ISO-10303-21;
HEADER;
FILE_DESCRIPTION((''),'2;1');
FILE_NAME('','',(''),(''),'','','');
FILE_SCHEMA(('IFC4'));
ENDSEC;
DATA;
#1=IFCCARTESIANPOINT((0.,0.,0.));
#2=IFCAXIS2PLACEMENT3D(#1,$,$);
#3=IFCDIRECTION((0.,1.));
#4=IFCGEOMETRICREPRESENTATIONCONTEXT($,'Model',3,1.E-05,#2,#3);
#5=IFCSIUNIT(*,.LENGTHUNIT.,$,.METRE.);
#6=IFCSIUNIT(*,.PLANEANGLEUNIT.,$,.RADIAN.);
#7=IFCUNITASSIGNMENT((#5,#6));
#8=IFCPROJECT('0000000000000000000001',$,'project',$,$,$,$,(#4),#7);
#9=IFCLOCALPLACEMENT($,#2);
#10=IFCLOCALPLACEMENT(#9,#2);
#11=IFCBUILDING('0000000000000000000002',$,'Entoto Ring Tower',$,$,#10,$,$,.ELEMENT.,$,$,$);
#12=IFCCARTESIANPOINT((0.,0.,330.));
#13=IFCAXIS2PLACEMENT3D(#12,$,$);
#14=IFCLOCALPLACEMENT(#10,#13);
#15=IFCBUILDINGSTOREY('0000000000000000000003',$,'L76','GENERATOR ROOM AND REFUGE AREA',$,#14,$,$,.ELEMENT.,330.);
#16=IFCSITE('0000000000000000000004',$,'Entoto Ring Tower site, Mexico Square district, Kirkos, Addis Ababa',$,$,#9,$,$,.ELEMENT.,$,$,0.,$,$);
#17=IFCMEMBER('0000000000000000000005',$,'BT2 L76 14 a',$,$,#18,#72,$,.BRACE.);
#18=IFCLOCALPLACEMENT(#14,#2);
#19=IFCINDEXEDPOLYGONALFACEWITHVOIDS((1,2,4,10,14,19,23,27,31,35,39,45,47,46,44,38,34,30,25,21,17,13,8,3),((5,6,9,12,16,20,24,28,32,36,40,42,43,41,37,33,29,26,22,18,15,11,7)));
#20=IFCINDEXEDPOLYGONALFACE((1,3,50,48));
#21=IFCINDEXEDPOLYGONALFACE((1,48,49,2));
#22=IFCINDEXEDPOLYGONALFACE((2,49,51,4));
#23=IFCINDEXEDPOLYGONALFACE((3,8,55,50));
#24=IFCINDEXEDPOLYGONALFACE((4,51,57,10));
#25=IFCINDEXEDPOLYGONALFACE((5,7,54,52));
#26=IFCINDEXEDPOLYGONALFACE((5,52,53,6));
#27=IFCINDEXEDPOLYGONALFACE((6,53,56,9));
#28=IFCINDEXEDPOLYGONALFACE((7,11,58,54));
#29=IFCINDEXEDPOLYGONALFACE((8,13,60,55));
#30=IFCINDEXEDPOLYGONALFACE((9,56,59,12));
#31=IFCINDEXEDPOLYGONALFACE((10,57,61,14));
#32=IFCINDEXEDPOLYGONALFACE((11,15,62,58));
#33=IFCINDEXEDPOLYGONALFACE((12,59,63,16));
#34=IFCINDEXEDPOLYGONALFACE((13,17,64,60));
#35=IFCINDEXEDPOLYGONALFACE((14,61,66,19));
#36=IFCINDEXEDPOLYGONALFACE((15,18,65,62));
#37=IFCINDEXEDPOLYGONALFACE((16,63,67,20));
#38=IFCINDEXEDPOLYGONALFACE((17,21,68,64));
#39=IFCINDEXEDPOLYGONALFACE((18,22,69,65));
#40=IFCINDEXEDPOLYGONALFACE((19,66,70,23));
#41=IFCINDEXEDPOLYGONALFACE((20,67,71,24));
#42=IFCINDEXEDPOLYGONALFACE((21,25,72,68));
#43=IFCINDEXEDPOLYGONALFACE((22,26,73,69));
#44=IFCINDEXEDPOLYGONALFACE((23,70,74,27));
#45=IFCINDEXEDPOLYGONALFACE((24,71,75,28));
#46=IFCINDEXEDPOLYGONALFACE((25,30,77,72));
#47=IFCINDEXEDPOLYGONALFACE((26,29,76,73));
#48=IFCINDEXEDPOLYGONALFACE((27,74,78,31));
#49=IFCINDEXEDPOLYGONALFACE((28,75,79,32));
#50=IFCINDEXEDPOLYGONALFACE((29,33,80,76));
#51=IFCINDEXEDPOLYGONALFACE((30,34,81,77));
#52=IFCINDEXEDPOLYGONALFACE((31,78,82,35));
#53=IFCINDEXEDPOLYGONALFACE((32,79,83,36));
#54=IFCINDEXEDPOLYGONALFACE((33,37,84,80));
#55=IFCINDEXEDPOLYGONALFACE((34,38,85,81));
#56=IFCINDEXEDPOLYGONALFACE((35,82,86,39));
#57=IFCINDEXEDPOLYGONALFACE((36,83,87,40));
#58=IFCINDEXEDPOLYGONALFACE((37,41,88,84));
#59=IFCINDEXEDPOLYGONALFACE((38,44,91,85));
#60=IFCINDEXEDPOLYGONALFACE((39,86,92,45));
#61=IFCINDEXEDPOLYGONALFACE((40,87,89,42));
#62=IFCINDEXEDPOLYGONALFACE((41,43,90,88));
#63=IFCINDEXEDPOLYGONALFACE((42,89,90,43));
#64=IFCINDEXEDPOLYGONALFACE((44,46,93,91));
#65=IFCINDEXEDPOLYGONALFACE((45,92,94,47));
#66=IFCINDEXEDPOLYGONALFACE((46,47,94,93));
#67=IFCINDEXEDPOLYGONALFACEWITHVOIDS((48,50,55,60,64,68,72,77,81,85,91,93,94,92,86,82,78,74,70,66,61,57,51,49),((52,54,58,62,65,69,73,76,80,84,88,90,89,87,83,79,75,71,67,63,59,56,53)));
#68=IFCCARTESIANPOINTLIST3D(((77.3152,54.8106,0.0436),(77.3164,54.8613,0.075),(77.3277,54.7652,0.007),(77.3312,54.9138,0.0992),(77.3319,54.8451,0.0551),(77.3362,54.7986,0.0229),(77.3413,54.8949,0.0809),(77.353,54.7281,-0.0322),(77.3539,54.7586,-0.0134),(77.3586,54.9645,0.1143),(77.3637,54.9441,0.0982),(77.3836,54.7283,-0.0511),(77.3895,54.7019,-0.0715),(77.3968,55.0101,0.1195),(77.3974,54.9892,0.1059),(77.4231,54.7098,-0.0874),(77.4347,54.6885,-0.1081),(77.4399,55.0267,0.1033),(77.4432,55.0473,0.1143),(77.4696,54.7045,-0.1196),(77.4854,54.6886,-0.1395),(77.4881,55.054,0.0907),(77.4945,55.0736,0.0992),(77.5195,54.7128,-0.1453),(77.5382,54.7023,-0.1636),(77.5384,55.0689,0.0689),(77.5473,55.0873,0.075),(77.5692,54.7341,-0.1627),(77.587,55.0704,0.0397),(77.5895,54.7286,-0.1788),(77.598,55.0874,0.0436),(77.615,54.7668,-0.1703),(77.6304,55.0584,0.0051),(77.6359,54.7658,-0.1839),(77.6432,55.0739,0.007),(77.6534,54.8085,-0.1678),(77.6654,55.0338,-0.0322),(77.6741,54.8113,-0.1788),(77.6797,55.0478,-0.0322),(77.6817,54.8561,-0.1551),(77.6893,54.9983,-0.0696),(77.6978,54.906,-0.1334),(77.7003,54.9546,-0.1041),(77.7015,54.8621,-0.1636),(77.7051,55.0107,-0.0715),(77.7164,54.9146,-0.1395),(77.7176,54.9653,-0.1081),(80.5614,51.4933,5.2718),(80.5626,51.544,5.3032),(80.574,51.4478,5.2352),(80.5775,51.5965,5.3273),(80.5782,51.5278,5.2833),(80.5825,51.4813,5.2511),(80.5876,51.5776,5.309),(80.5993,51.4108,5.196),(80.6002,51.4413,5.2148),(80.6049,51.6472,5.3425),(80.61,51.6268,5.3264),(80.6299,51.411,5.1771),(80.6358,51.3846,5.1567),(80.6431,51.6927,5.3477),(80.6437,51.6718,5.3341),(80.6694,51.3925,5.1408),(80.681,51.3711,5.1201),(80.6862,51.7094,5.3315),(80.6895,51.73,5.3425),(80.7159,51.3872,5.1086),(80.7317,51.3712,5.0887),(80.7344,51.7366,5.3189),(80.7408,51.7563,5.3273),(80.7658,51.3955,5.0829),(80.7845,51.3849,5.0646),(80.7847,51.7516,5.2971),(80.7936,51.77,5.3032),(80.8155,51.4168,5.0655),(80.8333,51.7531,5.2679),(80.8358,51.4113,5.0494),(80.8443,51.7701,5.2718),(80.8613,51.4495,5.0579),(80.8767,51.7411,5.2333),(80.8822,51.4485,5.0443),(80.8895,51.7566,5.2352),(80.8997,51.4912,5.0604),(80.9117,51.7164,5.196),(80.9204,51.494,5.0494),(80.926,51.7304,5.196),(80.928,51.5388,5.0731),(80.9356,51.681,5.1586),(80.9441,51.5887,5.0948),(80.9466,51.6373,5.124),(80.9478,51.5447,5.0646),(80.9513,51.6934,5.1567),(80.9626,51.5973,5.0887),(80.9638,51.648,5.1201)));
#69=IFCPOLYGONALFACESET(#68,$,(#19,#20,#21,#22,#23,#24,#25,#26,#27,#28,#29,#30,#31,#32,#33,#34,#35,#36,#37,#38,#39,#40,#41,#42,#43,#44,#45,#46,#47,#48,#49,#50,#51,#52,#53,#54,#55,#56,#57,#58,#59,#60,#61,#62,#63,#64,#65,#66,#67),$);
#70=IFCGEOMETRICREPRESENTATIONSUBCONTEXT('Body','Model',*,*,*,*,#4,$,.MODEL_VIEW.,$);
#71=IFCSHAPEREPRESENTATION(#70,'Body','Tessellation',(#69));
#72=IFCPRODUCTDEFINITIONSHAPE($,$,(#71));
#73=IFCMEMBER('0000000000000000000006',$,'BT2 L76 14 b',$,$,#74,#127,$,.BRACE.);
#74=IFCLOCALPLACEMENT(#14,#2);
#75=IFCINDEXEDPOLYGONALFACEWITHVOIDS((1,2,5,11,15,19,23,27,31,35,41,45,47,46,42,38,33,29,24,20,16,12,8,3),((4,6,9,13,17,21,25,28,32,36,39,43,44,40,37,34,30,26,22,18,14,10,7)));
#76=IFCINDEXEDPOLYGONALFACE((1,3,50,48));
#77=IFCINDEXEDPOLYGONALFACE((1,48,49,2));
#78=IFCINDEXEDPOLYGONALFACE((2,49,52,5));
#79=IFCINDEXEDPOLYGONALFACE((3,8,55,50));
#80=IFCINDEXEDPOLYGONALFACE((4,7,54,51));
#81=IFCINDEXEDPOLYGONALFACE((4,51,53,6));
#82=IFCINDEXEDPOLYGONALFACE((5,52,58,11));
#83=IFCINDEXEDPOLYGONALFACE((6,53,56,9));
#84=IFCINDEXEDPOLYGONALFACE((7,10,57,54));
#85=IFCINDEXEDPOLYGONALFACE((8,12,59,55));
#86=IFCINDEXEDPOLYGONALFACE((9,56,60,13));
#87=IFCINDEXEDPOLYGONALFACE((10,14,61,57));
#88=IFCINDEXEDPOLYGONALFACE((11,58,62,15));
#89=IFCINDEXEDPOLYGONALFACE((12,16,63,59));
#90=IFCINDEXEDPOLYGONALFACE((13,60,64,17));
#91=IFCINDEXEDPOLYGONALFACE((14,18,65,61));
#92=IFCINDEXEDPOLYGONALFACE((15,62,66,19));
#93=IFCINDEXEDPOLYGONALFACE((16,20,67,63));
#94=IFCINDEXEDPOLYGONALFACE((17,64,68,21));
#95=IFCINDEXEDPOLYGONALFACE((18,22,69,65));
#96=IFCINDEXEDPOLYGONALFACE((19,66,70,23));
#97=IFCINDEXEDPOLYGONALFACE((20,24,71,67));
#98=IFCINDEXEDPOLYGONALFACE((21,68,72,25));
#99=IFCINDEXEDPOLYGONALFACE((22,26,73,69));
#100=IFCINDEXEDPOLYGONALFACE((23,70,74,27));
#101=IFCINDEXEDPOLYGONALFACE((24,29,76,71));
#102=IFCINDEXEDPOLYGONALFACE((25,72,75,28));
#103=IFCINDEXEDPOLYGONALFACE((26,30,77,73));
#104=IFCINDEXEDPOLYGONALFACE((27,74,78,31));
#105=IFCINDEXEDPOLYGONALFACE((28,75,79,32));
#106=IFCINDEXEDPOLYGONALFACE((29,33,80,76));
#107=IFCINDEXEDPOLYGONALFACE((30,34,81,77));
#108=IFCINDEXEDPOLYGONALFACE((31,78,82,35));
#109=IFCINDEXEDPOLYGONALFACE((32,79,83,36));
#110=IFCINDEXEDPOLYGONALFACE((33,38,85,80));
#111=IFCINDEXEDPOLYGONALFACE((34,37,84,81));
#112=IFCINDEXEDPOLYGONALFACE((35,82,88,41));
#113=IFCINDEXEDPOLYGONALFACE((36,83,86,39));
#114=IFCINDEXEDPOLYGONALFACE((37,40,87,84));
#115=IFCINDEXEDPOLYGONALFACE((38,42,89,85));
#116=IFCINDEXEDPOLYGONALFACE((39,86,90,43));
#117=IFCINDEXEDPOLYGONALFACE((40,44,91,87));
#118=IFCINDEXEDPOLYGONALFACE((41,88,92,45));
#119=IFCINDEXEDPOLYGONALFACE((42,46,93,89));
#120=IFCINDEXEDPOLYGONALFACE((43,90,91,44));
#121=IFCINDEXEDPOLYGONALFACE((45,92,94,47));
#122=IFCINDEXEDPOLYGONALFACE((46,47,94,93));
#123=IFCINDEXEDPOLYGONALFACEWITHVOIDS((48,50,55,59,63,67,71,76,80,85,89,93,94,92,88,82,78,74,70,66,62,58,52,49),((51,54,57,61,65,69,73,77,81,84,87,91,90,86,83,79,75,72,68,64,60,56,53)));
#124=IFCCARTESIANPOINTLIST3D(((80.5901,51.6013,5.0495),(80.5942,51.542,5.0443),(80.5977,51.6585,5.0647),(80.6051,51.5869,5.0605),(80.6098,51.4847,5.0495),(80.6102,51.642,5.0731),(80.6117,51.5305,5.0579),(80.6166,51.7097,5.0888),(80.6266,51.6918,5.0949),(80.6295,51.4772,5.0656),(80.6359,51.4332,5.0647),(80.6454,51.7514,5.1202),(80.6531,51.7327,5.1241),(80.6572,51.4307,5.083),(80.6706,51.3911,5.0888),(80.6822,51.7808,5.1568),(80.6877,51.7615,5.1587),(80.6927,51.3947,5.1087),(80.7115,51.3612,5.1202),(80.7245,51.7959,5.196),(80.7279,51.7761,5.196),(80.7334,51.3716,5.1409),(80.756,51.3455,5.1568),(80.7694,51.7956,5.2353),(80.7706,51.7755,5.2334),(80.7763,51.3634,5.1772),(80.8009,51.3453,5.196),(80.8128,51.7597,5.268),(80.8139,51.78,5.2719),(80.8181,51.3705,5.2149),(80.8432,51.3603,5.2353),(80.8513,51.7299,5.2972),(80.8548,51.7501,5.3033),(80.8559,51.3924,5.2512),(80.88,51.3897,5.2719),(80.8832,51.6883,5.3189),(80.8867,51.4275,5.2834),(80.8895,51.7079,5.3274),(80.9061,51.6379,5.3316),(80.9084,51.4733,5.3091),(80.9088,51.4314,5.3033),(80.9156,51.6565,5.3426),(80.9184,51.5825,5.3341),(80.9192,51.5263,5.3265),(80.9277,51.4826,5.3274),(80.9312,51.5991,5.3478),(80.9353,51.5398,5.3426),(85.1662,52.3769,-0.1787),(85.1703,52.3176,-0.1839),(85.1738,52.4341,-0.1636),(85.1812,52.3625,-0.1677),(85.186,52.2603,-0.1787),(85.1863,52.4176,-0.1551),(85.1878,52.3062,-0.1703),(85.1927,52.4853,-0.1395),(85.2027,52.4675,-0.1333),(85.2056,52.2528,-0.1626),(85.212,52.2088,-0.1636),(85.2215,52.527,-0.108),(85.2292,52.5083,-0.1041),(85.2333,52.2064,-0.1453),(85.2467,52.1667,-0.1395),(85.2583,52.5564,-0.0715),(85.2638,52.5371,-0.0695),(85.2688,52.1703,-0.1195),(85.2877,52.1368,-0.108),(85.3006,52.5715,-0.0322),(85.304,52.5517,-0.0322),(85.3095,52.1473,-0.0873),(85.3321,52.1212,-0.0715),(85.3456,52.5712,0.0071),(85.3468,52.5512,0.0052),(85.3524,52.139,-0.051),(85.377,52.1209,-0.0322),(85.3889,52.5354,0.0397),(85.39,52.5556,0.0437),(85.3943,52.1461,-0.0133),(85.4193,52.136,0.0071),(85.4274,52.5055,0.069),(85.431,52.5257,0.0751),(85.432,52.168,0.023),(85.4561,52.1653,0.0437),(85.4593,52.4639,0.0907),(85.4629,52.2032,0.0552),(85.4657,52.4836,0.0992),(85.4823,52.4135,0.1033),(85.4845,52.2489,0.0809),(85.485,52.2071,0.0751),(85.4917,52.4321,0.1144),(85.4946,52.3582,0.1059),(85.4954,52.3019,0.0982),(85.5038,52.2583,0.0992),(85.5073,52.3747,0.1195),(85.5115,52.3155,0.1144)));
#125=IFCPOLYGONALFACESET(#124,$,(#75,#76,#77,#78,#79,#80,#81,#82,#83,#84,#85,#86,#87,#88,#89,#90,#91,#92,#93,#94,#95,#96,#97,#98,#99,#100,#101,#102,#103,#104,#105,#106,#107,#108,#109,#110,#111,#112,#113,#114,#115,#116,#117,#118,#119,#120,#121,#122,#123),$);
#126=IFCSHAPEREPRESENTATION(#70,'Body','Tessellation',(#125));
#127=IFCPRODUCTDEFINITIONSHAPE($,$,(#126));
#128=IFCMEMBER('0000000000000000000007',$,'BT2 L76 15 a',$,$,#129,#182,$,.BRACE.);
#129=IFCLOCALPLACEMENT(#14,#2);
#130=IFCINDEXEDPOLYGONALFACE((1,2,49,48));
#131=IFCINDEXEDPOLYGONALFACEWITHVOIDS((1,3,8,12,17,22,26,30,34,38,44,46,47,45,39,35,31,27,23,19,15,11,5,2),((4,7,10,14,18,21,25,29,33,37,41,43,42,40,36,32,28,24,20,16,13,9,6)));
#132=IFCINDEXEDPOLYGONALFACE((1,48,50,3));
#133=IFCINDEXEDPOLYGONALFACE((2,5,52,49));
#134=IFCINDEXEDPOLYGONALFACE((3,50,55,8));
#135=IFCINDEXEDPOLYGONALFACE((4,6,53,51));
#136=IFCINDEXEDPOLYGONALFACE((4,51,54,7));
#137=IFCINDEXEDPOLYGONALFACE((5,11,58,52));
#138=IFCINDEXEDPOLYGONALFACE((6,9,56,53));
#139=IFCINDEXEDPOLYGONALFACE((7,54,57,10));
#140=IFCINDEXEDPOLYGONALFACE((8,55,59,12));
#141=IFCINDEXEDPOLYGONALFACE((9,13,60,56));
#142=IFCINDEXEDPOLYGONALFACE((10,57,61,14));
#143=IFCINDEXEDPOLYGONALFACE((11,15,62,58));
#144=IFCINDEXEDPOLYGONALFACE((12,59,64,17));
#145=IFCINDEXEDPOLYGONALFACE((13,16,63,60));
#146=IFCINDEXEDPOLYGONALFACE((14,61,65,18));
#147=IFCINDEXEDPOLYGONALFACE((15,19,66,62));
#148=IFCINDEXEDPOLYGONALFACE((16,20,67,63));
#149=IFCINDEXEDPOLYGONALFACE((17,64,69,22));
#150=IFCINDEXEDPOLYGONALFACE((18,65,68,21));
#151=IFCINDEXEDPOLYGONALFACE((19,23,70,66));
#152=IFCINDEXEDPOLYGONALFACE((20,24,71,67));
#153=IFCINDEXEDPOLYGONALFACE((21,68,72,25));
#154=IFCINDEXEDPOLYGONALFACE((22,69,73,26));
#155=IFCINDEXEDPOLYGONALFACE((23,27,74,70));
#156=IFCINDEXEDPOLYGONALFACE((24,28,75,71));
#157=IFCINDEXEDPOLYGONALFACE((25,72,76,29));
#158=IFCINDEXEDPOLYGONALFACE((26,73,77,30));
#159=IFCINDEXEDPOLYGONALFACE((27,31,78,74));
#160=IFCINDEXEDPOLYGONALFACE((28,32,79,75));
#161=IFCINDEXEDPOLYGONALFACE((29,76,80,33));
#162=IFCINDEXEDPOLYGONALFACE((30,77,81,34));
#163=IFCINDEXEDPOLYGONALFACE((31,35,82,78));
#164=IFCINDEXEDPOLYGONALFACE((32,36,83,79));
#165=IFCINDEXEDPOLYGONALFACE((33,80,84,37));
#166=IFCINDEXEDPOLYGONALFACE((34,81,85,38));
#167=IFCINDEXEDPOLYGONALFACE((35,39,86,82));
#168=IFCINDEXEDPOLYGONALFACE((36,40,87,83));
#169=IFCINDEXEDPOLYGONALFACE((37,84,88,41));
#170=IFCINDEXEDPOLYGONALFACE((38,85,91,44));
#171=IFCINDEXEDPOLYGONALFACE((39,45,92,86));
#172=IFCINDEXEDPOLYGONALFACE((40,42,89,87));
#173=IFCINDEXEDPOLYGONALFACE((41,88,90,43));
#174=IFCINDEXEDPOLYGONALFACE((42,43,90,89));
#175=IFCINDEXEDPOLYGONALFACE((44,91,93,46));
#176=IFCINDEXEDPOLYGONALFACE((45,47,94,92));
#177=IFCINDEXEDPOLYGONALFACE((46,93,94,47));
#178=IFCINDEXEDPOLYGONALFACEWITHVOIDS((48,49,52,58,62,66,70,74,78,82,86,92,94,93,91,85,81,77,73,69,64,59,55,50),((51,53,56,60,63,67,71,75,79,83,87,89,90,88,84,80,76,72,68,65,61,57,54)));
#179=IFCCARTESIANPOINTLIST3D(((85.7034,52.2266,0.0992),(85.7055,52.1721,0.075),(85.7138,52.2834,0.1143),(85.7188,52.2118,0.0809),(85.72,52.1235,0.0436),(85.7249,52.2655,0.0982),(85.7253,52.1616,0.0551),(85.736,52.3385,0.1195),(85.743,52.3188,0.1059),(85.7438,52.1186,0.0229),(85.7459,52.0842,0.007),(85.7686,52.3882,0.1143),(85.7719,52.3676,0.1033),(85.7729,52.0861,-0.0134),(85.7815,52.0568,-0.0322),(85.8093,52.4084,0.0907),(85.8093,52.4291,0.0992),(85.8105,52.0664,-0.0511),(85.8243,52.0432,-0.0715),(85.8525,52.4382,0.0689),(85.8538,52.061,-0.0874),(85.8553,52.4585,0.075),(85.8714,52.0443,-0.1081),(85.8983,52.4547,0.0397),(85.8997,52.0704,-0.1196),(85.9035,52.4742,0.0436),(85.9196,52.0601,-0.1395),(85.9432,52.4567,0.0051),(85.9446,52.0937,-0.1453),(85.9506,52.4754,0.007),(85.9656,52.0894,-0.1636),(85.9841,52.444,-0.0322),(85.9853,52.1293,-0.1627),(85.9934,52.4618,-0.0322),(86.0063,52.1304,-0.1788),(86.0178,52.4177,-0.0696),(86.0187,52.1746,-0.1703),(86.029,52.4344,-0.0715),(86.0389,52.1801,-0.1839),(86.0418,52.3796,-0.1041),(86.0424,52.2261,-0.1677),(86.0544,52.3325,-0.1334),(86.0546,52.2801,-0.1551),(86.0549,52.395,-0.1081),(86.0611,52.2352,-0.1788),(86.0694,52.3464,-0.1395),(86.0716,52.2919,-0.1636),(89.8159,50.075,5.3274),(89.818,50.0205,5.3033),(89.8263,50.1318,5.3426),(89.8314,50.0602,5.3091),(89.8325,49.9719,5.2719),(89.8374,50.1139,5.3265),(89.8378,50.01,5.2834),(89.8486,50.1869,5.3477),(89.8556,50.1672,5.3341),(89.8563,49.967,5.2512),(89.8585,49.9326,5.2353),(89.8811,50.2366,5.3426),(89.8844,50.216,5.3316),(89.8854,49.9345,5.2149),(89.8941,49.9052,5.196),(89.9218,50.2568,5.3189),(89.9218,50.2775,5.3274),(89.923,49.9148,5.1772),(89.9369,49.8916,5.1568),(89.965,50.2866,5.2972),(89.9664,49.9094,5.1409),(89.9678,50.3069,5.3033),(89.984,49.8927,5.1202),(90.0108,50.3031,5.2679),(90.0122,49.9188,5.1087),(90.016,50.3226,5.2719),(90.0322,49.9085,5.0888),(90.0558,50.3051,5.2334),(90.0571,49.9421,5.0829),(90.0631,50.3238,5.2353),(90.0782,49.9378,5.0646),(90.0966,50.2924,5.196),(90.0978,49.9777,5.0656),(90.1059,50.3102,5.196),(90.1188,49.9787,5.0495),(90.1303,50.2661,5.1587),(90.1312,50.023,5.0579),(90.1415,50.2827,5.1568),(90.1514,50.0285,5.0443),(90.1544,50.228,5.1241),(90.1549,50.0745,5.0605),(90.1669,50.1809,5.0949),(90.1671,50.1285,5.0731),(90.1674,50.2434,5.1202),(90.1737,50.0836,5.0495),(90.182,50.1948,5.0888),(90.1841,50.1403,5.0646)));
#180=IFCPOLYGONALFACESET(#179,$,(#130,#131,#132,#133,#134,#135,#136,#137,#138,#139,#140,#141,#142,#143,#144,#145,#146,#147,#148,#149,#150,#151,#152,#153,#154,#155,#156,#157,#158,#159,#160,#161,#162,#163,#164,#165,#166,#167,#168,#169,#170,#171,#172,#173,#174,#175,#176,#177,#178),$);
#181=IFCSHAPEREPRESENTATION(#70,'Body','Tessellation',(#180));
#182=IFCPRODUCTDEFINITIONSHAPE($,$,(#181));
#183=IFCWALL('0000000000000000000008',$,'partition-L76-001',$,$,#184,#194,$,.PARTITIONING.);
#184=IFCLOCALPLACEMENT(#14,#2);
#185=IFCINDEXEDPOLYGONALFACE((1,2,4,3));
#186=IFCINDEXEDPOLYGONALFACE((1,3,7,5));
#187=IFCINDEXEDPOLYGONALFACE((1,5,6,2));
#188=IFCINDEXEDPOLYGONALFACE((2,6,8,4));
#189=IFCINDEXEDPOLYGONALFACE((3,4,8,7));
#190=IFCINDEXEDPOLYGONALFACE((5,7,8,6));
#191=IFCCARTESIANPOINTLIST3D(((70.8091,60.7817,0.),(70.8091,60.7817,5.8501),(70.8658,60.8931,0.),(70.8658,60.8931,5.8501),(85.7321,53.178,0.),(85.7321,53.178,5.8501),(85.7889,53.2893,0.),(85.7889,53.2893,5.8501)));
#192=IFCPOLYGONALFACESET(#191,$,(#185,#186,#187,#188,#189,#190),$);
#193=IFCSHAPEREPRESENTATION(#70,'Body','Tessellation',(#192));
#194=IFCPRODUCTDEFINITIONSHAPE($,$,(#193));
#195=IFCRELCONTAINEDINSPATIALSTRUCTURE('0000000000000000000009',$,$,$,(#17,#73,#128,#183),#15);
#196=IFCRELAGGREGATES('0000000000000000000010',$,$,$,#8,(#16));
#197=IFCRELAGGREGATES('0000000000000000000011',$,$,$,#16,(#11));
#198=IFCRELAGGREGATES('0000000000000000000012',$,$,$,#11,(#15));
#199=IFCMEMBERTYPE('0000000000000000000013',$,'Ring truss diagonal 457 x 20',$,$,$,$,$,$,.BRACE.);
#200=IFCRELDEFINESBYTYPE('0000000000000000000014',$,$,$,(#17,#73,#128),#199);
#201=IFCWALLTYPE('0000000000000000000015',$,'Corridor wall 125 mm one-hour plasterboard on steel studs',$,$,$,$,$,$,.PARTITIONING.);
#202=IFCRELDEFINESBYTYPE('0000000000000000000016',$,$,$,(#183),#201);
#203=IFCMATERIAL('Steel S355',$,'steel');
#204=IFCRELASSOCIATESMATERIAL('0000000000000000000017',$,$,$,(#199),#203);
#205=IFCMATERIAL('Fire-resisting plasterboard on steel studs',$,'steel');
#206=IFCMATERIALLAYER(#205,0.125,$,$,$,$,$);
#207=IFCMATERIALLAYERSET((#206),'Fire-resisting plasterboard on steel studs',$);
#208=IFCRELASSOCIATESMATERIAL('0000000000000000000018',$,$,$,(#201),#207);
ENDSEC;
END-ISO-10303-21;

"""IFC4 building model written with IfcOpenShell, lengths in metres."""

from ifc_helpers import new_model, si_unit, direction, frame, frame_2d, origin, origin_2d, place, context, subcontext, project, spatial, rectangle, circle, hollow_circle, extrude, material, layer, layer_set, material_profile, profile_set, type_object, element, save


model = new_model("IFC4")

# Units and contexts
model_context = context("Model", 3, precision=1e-05, world=origin(), true_north=direction((0.0, 1.0)))
body_context = subcontext(model_context, "Body", "Model", "MODEL_VIEW")
ifc_project = project(units=[si_unit("LENGTHUNIT", "METRE"), si_unit("PLANEANGLEUNIT", "RADIAN")], contexts=[model_context])

# Site, building, storey
site_placement = place(None, origin())
site = spatial("IfcSite", under=ifc_project, at=site_placement, Name="Entoto Ring Tower site, Mexico Square district, Kirkos, Addis Ababa", CompositionType="ELEMENT", RefElevation=0.0)
building_placement = place(site_placement, origin())
building = spatial("IfcBuilding", under=site, at=building_placement, Name="Entoto Ring Tower", CompositionType="ELEMENT")
storey_placement = place(building_placement, frame((0.0, 0.0, 330.0)))
storey = spatial("IfcBuildingStorey", under=building, at=storey_placement, Name="L76", Description="GENERATOR ROOM AND REFUGE AREA", CompositionType="ELEMENT", Elevation=330.0)

# Members
ifc_material_1 = material(Name="Steel S355", Category="steel")
ifc_material_profile_1 = material_profile(ifc_material_1, hollow_circle(Radius=0.2285, WallThickness=0.02, at=origin_2d()), Name="CHS 457 x 20")
ifc_material_2 = material(Name="Concrete C60/75", Category="concrete")
ifc_material_profile_2 = material_profile(ifc_material_2, circle(Radius=0.2085, at=origin_2d()), Name="Concrete C60/75 infill")
ifc_profile_set_1 = profile_set([ifc_material_profile_1, ifc_material_profile_2], Name="Steel S355")
member_type_1 = type_object("IfcMemberType", Name="Ring truss diagonal 457 x 20", PredefinedType="BRACE", material=ifc_profile_set_1)
for number, where, z_axis, x_axis, name in (
    (1, (77.5164, 54.8879, -0.0322), (0.464338, -0.4745, 0.747823), (0.714719, 0.699412, 0.0), "BT2 L76 14 a"),
    (2, (80.7627, 51.5706, 5.196), (0.654556, 0.110943, -0.747829), (-0.167111, 0.985938, 0.0), "BT2 L76 14 b"),
    (3, (85.8875, 52.2593, -0.0322), (0.588244, -0.307759, 0.747833), (0.463571, 0.88606, 0.0), "BT2 L76 15 a"),
):
    element("IfcMember", number, at=place(storey_placement, frame(where, z_axis=z_axis, x_axis=x_axis)), inside=storey, type_object=member_type_1, Name=name, PredefinedType="BRACE", context=body_context, shape_type="SweptSolid", body=[
        extrude(hollow_circle(Radius=0.2285, WallThickness=0.02, at=origin_2d()), origin(), (0.0, 0.0, 1.0), 6.9912),
    ])

# Wall
ifc_material_3 = material(Name="Fire-resisting plasterboard on steel studs", Category="steel")
ifc_layer_1 = layer(ifc_material_3, 0.125)
ifc_layer_set_1 = layer_set([ifc_layer_1], Name="Fire-resisting plasterboard on steel studs")
wall_type_1 = type_object("IfcWallType", Name="Corridor wall 125 mm one-hour plasterboard on steel studs", PredefinedType="PARTITIONING", material=ifc_layer_set_1)
wall_1_placement = place(storey_placement, frame((85.7605, 53.2336, 0.0), z_axis=(0.0, 0.0, 1.0), x_axis=(-0.891005, 0.453993, 0.0)))
element("IfcWall", 4, at=wall_1_placement, inside=storey, type_object=wall_type_1, Name="partition-L76-001", PredefinedType="PARTITIONING", context=body_context, shape_type="SweptSolid", body=[
    extrude(rectangle(XDim=16.7485, YDim=0.125, at=frame_2d((8.3743, 0.0))), origin(), (0.0, 0.0, 1.0), 5.8501),
])

save(model, "model.ifc")
